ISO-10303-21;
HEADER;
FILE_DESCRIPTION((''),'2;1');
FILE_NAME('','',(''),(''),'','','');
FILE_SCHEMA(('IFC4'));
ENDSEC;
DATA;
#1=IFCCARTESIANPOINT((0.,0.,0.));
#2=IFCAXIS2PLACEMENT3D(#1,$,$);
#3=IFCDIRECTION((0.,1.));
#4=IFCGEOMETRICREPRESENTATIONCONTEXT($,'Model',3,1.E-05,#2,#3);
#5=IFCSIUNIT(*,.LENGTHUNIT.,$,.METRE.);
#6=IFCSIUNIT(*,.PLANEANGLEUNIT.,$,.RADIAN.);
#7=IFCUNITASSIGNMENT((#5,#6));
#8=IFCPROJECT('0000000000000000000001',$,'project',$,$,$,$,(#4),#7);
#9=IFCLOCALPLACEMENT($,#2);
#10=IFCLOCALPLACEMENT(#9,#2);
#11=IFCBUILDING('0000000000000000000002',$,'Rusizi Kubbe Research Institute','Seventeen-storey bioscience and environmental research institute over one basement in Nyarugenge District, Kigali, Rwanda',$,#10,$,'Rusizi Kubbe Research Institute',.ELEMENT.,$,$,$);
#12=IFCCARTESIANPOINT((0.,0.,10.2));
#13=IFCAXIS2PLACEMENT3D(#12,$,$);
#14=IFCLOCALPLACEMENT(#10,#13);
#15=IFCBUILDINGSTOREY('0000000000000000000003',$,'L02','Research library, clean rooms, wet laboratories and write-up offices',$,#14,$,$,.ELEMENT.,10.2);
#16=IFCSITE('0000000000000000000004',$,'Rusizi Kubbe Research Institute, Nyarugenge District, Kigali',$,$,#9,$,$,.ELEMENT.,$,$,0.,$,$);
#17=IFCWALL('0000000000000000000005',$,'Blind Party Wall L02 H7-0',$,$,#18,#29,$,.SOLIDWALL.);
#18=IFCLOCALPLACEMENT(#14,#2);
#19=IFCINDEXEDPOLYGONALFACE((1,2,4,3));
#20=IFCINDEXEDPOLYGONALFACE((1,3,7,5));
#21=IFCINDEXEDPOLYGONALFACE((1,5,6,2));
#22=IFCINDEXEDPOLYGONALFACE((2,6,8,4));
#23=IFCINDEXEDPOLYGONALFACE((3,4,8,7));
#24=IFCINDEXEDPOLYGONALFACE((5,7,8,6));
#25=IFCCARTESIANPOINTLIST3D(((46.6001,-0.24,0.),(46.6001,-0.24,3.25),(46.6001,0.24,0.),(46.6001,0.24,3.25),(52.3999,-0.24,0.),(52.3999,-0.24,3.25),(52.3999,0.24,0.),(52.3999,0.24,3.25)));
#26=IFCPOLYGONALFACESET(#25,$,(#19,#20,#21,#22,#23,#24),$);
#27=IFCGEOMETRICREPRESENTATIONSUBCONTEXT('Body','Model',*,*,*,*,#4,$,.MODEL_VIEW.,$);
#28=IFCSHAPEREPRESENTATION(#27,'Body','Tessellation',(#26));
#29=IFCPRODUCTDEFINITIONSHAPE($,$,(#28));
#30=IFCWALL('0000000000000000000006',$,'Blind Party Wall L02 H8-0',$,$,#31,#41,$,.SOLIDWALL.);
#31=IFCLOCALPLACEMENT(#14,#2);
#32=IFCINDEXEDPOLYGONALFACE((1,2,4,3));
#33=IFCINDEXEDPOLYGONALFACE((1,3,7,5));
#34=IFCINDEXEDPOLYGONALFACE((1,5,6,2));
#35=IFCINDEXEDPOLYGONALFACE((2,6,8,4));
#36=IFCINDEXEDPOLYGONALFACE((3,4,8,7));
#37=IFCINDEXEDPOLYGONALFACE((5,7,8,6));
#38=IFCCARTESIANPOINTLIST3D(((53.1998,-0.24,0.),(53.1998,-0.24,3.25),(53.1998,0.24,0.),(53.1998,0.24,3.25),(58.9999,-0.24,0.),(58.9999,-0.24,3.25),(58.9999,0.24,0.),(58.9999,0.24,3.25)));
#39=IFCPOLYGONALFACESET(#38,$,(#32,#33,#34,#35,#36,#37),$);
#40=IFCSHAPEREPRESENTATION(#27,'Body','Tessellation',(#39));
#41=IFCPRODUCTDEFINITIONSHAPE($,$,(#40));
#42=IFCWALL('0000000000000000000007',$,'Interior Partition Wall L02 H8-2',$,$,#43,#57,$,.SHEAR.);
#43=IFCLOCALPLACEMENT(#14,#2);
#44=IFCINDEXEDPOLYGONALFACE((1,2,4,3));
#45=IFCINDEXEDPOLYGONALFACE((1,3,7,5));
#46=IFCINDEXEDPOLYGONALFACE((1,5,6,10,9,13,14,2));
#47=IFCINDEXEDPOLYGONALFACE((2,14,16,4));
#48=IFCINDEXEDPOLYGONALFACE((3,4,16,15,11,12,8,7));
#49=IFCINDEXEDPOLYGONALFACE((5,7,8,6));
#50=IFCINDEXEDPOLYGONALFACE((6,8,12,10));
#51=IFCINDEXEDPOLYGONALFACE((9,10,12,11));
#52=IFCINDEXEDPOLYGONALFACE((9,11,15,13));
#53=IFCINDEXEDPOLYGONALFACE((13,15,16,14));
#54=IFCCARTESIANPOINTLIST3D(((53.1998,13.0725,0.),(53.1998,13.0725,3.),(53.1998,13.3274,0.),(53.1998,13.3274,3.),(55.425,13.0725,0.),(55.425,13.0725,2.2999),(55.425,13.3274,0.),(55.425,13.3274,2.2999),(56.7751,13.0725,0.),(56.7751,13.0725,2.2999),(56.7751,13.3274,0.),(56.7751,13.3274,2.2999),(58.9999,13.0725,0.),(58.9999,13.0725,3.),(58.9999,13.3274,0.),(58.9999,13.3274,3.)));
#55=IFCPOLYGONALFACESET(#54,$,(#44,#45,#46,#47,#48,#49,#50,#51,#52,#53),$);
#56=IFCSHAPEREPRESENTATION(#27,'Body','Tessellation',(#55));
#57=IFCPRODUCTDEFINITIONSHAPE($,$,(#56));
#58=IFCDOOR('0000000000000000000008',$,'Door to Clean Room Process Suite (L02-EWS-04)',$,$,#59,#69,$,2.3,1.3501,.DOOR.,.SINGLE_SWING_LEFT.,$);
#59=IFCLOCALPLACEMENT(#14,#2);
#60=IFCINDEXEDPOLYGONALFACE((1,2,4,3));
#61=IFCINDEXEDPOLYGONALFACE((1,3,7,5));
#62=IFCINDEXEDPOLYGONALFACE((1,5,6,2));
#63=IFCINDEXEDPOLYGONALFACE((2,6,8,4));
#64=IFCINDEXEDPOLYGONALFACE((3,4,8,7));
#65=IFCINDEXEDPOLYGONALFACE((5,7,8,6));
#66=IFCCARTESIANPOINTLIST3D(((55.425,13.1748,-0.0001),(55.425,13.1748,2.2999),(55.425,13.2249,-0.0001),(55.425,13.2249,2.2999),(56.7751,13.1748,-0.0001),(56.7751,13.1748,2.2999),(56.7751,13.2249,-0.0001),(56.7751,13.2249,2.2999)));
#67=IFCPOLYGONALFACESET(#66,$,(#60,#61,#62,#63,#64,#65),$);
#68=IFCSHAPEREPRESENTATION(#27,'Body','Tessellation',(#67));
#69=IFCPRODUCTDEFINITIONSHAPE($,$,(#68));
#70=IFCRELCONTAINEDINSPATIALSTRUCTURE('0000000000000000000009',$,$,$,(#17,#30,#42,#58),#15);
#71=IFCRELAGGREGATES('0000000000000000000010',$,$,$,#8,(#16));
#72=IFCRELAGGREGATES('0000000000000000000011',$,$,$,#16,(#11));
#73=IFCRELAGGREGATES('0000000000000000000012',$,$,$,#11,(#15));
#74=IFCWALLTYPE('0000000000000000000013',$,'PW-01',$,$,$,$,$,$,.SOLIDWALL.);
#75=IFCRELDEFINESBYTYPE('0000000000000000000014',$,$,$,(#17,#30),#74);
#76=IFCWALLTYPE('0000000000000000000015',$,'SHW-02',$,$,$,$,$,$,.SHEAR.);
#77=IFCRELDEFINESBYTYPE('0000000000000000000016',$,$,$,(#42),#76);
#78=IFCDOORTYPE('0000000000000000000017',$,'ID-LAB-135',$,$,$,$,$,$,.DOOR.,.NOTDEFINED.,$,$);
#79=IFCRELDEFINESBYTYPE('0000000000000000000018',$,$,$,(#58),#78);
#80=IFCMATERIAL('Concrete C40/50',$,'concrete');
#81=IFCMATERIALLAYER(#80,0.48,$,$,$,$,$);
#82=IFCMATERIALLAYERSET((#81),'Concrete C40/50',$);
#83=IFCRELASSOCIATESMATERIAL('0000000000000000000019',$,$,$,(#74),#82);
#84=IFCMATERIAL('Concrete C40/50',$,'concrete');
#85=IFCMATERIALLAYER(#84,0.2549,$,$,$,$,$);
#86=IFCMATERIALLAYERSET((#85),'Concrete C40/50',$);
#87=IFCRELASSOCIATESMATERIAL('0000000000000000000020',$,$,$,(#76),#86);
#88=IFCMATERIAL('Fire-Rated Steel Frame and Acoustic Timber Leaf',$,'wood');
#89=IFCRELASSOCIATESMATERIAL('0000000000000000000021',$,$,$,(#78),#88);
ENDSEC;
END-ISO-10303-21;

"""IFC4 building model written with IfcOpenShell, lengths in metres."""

from ifc_helpers import new_model, si_unit, direction, frame, frame_2d, origin, place, context, subcontext, project, spatial, rectangle, extrude, material, layer, layer_set, type_object, element, fill, save


model = new_model("IFC4")

# Units and contexts
model_context = context("Model", 3, precision=1e-05, world=origin(), true_north=direction((0.0, 1.0)))
body_context = subcontext(model_context, "Body", "Model", "MODEL_VIEW")
ifc_project = project(units=[si_unit("LENGTHUNIT", "METRE"), si_unit("PLANEANGLEUNIT", "RADIAN")], contexts=[model_context])

# Site, building, storey
site_placement = place(None, origin())
site = spatial("IfcSite", under=ifc_project, at=site_placement, Name="Rusizi Kubbe Research Institute, Nyarugenge District, Kigali", CompositionType="ELEMENT", RefElevation=0.0)
building_placement = place(site_placement, origin())
building = spatial("IfcBuilding", under=site, at=building_placement, Name="Rusizi Kubbe Research Institute", Description="Seventeen-storey bioscience and environmental research institute over one basement in Nyarugenge District, Kigali, Rwanda", LongName="Rusizi Kubbe Research Institute", CompositionType="ELEMENT")
storey_placement = place(building_placement, frame((0.0, 0.0, 10.2)))
storey = spatial("IfcBuildingStorey", under=building, at=storey_placement, Name="L02", Description="Research library, clean rooms, wet laboratories and write-up offices", CompositionType="ELEMENT", Elevation=10.2)

# Walls
ifc_material_1 = material(Name="Concrete C40/50", Category="concrete")
ifc_layer_1 = layer(ifc_material_1, 0.48)
ifc_layer_set_1 = layer_set([ifc_layer_1], Name="Concrete C40/50")
wall_type_1 = type_object("IfcWallType", Name="PW-01", PredefinedType="SOLIDWALL", material=ifc_layer_set_1)
wall_1_placement = place(storey_placement, frame((46.6001, 0.0, 0.0), z_axis=(0.0, 0.0, 1.0), x_axis=(1.0, 0.0, 0.0)))
element("IfcWall", 1, at=wall_1_placement, inside=storey, type_object=wall_type_1, Name="Blind Party Wall L02 H7-0", PredefinedType="SOLIDWALL", context=body_context, shape_type="SweptSolid", body=[
    extrude(rectangle(XDim=5.7998, YDim=0.48, at=frame_2d((2.8999, 0.0))), origin(), (0.0, 0.0, 1.0), 3.25),
])
wall_2_placement = place(storey_placement, frame((53.2, 0.0, 0.0), z_axis=(0.0, 0.0, 1.0), x_axis=(1.0, 0.0, 0.0)))
element("IfcWall", 2, at=wall_2_placement, inside=storey, type_object=wall_type_1, Name="Blind Party Wall L02 H8-0", PredefinedType="SOLIDWALL", context=body_context, shape_type="SweptSolid", body=[
    extrude(rectangle(XDim=5.8, YDim=0.48, at=frame_2d((2.8999, 0.0))), origin(), (0.0, 0.0, 1.0), 3.25),
])

# Wall, opening, door
ifc_material_2 = material(Name="Concrete C40/50", Category="concrete")
ifc_layer_2 = layer(ifc_material_2, 0.2549)
ifc_layer_set_2 = layer_set([ifc_layer_2], Name="Concrete C40/50")
wall_type_2 = type_object("IfcWallType", Name="SHW-02", PredefinedType="SHEAR", material=ifc_layer_set_2)
wall_3_placement = place(storey_placement, frame((53.2, 13.2, 0.0), z_axis=(0.0, 0.0, 1.0), x_axis=(1.0, 0.0, 0.0)))
wall_3 = element("IfcWall", 3, at=wall_3_placement, inside=storey, type_object=wall_type_2, Name="Interior Partition Wall L02 H8-2", PredefinedType="SHEAR", context=body_context, shape_type="SweptSolid", body=[
    extrude(rectangle(XDim=5.8, YDim=0.2549, at=frame_2d((2.8999, 0.0))), origin(), (0.0, 0.0, 1.0), 3.0),
])
opening_1_placement = place(wall_3_placement, frame((2.2251, 0.0, 0.0)))
opening_1 = element("IfcOpeningElement", 4, at=opening_1_placement, cuts=wall_3, PredefinedType="OPENING", context=body_context, shape_type="SweptSolid", body=[
    extrude(rectangle(XDim=1.3501, YDim=2.3, at=frame_2d((0.675, 1.1499))), frame((0.0, 0.1375, 0.0), z_axis=(0.0, -1.0, 0.0), x_axis=(1.0, 0.0, 0.0)), (0.0, 0.0, 1.0), 0.2749),
])
ifc_material_3 = material(Name="Fire-Rated Steel Frame and Acoustic Timber Leaf", Category="wood")
door_type_1 = type_object("IfcDoorType", Name="ID-LAB-135", OperationType="NOTDEFINED", PredefinedType="DOOR", material=ifc_material_3)
door_1_placement = place(opening_1_placement, origin())
door_1 = element("IfcDoor", 5, at=door_1_placement, inside=storey, type_object=door_type_1, Name="Door to Clean Room Process Suite (L02-EWS-04)", OperationType="SINGLE_SWING_LEFT", OverallHeight=2.3, OverallWidth=1.3501, PredefinedType="DOOR", context=body_context, shape_type="SweptSolid", body=[
    extrude(rectangle(XDim=1.3501, YDim=2.3, at=frame_2d((0.675, 1.1499))), frame((0.0, 0.0249, 0.0), z_axis=(0.0, -1.0, 0.0), x_axis=(1.0, 0.0, 0.0)), (0.0, 0.0, 1.0), 0.05),
])
fill(opening_1, door_1)

save(model, "model.ifc")
